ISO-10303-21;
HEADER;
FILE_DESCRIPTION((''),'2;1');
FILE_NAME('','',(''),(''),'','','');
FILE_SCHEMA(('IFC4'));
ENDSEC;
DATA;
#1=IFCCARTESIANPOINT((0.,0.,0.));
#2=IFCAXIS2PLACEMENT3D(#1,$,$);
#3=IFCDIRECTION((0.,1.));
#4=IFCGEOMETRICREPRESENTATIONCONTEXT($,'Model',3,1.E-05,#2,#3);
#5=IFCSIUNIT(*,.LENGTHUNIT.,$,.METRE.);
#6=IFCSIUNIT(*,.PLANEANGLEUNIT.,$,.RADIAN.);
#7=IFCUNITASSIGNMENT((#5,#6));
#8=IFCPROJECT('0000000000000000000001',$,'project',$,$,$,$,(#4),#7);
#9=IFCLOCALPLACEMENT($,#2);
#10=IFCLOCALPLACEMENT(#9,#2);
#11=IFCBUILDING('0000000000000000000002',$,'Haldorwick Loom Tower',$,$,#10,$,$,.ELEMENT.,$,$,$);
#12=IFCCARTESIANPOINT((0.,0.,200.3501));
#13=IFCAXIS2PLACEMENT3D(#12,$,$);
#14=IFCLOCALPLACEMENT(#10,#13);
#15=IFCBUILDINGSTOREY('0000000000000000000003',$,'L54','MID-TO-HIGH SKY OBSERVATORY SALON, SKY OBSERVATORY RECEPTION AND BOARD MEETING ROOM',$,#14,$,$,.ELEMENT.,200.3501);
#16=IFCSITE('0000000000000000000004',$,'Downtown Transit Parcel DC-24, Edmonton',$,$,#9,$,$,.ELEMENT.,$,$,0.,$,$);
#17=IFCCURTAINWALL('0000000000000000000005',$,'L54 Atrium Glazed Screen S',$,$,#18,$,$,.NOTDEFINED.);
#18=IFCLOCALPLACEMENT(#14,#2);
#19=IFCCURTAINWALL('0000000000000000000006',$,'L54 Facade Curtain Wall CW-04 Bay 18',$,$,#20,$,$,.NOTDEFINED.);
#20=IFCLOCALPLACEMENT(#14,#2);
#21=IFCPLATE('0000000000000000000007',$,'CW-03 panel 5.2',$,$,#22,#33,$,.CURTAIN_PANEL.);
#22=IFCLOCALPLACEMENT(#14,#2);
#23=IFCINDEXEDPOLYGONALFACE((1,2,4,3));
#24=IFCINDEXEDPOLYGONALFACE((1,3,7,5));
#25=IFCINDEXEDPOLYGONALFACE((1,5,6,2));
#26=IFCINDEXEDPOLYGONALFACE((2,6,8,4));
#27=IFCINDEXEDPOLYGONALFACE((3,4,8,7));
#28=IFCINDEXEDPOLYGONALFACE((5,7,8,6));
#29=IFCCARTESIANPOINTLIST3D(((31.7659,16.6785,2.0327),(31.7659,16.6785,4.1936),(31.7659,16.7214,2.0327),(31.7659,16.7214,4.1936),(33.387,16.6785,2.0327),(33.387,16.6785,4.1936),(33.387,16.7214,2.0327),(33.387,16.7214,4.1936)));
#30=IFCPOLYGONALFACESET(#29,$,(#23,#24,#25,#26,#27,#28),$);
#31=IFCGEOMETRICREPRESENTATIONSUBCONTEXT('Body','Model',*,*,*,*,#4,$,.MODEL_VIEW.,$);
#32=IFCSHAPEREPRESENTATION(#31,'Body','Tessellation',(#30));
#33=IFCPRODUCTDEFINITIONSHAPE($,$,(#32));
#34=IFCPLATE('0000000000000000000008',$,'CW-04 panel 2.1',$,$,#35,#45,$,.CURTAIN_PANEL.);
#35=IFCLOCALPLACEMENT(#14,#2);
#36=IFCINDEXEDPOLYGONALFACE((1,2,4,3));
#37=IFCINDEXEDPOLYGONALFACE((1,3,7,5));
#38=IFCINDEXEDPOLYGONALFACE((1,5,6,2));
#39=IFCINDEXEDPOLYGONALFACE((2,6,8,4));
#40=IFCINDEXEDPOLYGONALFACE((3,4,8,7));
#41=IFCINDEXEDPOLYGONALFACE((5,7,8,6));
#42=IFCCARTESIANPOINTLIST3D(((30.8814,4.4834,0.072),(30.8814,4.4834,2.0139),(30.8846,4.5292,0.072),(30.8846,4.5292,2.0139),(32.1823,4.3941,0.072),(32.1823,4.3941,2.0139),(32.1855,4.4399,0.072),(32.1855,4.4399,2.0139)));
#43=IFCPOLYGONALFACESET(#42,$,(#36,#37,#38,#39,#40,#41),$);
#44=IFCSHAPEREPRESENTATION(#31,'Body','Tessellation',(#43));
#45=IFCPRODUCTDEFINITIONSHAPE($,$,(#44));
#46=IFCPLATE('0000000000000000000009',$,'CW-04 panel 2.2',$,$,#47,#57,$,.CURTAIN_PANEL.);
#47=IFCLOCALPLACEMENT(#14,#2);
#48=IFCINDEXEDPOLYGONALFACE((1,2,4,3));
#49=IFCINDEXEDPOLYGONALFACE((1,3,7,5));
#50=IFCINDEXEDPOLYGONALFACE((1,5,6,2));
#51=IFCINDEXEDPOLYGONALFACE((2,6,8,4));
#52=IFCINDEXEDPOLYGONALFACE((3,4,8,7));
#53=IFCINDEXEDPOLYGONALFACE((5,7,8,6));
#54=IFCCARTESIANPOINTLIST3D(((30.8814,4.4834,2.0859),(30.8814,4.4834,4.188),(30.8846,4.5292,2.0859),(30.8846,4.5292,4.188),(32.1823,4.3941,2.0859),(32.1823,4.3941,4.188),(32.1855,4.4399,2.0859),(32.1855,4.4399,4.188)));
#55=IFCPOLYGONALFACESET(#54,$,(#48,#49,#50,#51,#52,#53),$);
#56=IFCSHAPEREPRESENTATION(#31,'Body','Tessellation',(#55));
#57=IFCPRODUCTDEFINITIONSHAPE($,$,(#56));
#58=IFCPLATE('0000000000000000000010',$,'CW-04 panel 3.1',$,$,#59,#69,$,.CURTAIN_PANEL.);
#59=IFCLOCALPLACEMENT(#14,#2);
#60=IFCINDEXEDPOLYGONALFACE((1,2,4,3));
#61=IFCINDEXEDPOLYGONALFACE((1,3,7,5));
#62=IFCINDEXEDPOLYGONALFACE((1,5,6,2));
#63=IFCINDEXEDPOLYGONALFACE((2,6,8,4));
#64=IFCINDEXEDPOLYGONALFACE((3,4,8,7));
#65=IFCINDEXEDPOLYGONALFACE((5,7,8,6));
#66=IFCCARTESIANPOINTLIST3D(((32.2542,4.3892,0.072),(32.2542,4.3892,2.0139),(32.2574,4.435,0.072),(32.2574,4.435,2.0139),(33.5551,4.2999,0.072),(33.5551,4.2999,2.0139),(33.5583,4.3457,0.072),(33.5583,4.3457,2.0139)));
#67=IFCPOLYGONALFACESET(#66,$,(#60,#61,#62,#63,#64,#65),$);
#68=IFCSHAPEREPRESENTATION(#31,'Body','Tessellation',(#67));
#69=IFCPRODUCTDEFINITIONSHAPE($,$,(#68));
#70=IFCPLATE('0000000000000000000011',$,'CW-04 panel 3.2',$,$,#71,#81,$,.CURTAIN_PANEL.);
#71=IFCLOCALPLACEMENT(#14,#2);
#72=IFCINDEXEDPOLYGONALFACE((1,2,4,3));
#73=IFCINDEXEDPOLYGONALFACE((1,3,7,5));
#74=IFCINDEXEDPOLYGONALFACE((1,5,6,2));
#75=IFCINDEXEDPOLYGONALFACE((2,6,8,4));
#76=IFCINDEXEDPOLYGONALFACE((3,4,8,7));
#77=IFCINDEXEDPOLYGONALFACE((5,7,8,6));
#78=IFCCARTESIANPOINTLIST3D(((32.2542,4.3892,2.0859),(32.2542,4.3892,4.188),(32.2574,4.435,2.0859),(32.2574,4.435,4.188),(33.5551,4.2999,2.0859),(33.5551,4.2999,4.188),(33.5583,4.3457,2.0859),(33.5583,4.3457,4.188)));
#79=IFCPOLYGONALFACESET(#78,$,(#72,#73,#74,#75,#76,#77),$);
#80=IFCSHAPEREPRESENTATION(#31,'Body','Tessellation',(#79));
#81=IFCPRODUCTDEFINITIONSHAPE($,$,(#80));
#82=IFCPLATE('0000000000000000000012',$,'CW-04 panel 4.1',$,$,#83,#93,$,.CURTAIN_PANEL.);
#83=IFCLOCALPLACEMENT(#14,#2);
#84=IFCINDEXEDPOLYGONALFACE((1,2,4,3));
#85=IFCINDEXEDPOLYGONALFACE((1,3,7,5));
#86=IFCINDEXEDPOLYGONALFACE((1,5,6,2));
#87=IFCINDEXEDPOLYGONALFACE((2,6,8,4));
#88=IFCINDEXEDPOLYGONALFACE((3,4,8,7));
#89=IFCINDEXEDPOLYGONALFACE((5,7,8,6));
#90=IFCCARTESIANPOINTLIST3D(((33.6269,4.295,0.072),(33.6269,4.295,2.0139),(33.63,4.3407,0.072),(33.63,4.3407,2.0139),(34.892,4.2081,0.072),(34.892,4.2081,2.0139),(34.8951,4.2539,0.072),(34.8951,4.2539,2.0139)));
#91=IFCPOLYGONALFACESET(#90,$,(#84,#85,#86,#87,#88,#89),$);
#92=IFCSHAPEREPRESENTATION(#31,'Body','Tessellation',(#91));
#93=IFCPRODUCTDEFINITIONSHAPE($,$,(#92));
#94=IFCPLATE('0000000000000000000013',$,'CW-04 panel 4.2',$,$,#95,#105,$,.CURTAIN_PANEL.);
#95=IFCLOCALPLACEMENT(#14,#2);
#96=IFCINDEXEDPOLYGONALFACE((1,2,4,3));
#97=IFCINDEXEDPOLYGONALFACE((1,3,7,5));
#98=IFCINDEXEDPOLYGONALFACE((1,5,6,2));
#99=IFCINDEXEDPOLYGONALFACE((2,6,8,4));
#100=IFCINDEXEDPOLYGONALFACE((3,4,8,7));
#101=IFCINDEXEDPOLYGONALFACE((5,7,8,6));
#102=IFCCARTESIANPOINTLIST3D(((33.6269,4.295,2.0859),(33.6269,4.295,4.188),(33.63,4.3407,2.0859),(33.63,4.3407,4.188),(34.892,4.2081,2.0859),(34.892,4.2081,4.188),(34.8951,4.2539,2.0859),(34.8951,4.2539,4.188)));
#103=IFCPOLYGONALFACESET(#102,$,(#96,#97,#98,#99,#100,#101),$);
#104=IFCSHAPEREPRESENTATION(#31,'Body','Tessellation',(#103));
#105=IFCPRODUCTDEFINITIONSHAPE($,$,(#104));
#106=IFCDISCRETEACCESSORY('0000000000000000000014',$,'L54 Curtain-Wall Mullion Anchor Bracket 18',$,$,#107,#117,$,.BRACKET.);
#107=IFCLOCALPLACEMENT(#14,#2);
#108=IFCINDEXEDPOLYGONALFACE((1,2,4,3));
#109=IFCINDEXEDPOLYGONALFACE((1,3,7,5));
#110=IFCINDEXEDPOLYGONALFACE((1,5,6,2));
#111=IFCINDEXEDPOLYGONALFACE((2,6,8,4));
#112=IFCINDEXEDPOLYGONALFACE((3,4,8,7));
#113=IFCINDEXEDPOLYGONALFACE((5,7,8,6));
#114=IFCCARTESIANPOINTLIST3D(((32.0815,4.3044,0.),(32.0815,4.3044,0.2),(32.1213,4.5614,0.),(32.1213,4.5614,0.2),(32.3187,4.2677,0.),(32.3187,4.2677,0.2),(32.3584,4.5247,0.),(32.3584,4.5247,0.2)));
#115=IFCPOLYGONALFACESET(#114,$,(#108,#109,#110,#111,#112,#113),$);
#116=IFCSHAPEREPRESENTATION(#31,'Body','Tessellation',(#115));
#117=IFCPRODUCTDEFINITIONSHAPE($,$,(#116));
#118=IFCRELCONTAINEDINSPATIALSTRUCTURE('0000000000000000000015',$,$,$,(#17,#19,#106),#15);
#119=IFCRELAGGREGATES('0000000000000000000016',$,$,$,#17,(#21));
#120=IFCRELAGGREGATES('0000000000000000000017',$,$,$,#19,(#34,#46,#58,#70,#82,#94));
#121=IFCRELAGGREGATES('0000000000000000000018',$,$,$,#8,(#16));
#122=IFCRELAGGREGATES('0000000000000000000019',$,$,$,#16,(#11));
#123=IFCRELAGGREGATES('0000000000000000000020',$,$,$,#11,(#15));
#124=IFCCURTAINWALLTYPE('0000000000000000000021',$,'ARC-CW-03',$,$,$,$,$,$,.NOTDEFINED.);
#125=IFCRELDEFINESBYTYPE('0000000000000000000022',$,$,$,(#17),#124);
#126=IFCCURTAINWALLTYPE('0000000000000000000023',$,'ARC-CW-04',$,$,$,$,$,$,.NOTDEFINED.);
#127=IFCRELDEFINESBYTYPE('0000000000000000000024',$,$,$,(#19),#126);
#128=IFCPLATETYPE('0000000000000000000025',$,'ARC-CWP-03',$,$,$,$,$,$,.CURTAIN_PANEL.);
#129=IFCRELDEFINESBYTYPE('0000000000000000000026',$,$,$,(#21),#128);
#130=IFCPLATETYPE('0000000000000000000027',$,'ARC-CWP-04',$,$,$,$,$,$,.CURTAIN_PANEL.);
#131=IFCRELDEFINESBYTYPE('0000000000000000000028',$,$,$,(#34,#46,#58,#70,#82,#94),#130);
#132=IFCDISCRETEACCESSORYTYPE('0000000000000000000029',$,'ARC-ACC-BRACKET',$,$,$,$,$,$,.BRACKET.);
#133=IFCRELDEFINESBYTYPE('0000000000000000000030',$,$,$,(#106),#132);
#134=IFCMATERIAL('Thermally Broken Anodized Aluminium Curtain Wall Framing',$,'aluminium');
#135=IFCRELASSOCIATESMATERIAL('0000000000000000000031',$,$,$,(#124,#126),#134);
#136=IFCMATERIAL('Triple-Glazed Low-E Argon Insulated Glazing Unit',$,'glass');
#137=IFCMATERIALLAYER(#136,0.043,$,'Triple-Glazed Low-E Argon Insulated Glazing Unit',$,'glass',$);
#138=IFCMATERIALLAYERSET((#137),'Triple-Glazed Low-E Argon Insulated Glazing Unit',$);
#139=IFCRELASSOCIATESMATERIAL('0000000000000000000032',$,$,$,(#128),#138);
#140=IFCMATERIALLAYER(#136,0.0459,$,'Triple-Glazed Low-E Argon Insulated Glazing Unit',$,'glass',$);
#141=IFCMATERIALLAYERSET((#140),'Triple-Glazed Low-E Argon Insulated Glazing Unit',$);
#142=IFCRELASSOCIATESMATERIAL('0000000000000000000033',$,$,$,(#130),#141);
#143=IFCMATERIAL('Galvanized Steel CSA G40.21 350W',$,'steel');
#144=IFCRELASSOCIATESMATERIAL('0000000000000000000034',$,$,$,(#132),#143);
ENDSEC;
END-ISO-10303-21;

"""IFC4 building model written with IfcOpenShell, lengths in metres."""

from ifc_helpers import new_model, si_unit, direction, frame, origin, origin_2d, place, context, subcontext, project, spatial, rectangle, extrude, material, layer, layer_set, type_object, element, aggregate, save


model = new_model("IFC4")

# Units and contexts
model_context = context("Model", 3, precision=1e-05, world=origin(), true_north=direction((0.0, 1.0)))
body_context = subcontext(model_context, "Body", "Model", "MODEL_VIEW")
ifc_project = project(units=[si_unit("LENGTHUNIT", "METRE"), si_unit("PLANEANGLEUNIT", "RADIAN")], contexts=[model_context])

# Site, building, storey
site_placement = place(None, origin())
site = spatial("IfcSite", under=ifc_project, at=site_placement, Name="Downtown Transit Parcel DC-24, Edmonton", CompositionType="ELEMENT", RefElevation=0.0)
building_placement = place(site_placement, origin())
building = spatial("IfcBuilding", under=site, at=building_placement, Name="Haldorwick Loom Tower", CompositionType="ELEMENT")
storey_placement = place(building_placement, frame((0.0, 0.0, 200.3501)))
storey = spatial("IfcBuildingStorey", under=building, at=storey_placement, Name="L54", Description="MID-TO-HIGH SKY OBSERVATORY SALON, SKY OBSERVATORY RECEPTION AND BOARD MEETING ROOM", CompositionType="ELEMENT", Elevation=200.3501)

# Curtain walls
ifc_material_1 = material(Name="Thermally Broken Anodized Aluminium Curtain Wall Framing", Category="aluminium")
curtain_wall_type_1 = type_object("IfcCurtainWallType", Name="ARC-CW-03", PredefinedType="NOTDEFINED", material=ifc_material_1)
curtain_wall_1_placement = place(storey_placement, origin())
curtain_wall_1 = element("IfcCurtainWall", 1, at=curtain_wall_1_placement, inside=storey, type_object=curtain_wall_type_1, Name="L54 Atrium Glazed Screen S", PredefinedType="NOTDEFINED")
curtain_wall_type_2 = type_object("IfcCurtainWallType", Name="ARC-CW-04", PredefinedType="NOTDEFINED", material=ifc_material_1)
curtain_wall_2_placement = place(storey_placement, origin())
curtain_wall_2 = element("IfcCurtainWall", 2, at=curtain_wall_2_placement, inside=storey, type_object=curtain_wall_type_2, Name="L54 Facade Curtain Wall CW-04 Bay 18", PredefinedType="NOTDEFINED")

# Plates
ifc_material_2 = material(Name="Triple-Glazed Low-E Argon Insulated Glazing Unit", Category="glass")
ifc_layer_1 = layer(ifc_material_2, 0.043, Name="Triple-Glazed Low-E Argon Insulated Glazing Unit", Category="glass")
ifc_layer_set_1 = layer_set([ifc_layer_1], Name="Triple-Glazed Low-E Argon Insulated Glazing Unit")
plate_type_1 = type_object("IfcPlateType", Name="ARC-CWP-03", PredefinedType="CURTAIN_PANEL", material=ifc_layer_set_1)
plate_1_placement = place(storey_placement, frame((32.5764, 16.7, 2.0327), z_axis=(0.0, 0.0, 1.0), x_axis=(-1.0, 0.0, 0.0)))
plate_1 = element("IfcPlate", 3, at=plate_1_placement, type_object=plate_type_1, Name="CW-03 panel 5.2", PredefinedType="CURTAIN_PANEL", context=body_context, shape_type="SweptSolid", body=[
    extrude(rectangle(XDim=1.6211, YDim=0.043, at=origin_2d()), origin(), (0.0, 0.0, 1.0), 2.1609),
])
aggregate(curtain_wall_1, [plate_1])
ifc_layer_2 = layer(ifc_material_2, 0.0459, Name="Triple-Glazed Low-E Argon Insulated Glazing Unit", Category="glass")
ifc_layer_set_2 = layer_set([ifc_layer_2], Name="Triple-Glazed Low-E Argon Insulated Glazing Unit")
plate_type_2 = type_object("IfcPlateType", Name="ARC-CWP-04", PredefinedType="CURTAIN_PANEL", material=ifc_layer_set_2)
plate_2_placement = place(storey_placement, frame((31.5334, 4.4617, 0.072), z_axis=(0.0, 0.0, 1.0), x_axis=(0.99765, -0.068513, 0.0)))
plate_2 = element("IfcPlate", 4, at=plate_2_placement, type_object=plate_type_2, Name="CW-04 panel 2.1", PredefinedType="CURTAIN_PANEL", context=body_context, shape_type="SweptSolid", body=[
    extrude(rectangle(XDim=1.304, YDim=0.0459, at=origin_2d()), origin(), (0.0, 0.0, 1.0), 1.9419),
])
plate_3_placement = place(storey_placement, frame((31.5334, 4.4617, 2.0859), z_axis=(0.0, 0.0, 1.0), x_axis=(0.99765, -0.068513, 0.0)))
plate_3 = element("IfcPlate", 5, at=plate_3_placement, type_object=plate_type_2, Name="CW-04 panel 2.2", PredefinedType="CURTAIN_PANEL", context=body_context, shape_type="SweptSolid", body=[
    extrude(rectangle(XDim=1.304, YDim=0.0459, at=origin_2d()), origin(), (0.0, 0.0, 1.0), 2.1021),
])
plate_4_placement = place(storey_placement, frame((32.9062, 4.3674, 0.072), z_axis=(0.0, 0.0, 1.0), x_axis=(0.99765, -0.068513, 0.0)))
plate_4 = element("IfcPlate", 6, at=plate_4_placement, type_object=plate_type_2, Name="CW-04 panel 3.1", PredefinedType="CURTAIN_PANEL", context=body_context, shape_type="SweptSolid", body=[
    extrude(rectangle(XDim=1.304, YDim=0.0459, at=origin_2d()), origin(), (0.0, 0.0, 1.0), 1.9419),
])
plate_5_placement = place(storey_placement, frame((32.9062, 4.3674, 2.0859), z_axis=(0.0, 0.0, 1.0), x_axis=(0.99765, -0.068513, 0.0)))
plate_5 = element("IfcPlate", 7, at=plate_5_placement, type_object=plate_type_2, Name="CW-04 panel 3.2", PredefinedType="CURTAIN_PANEL", context=body_context, shape_type="SweptSolid", body=[
    extrude(rectangle(XDim=1.304, YDim=0.0459, at=origin_2d()), origin(), (0.0, 0.0, 1.0), 2.1021),
])
plate_6_placement = place(storey_placement, frame((34.261, 4.2744, 0.072), z_axis=(0.0, 0.0, 1.0), x_axis=(0.99765, -0.068513, 0.0)))
plate_6 = element("IfcPlate", 8, at=plate_6_placement, type_object=plate_type_2, Name="CW-04 panel 4.1", PredefinedType="CURTAIN_PANEL", context=body_context, shape_type="SweptSolid", body=[
    extrude(rectangle(XDim=1.2681, YDim=0.0459, at=origin_2d()), origin(), (0.0, 0.0, 1.0), 1.9419),
])
plate_7_placement = place(storey_placement, frame((34.261, 4.2744, 2.0859), z_axis=(0.0, 0.0, 1.0), x_axis=(0.99765, -0.068513, 0.0)))
plate_7 = element("IfcPlate", 9, at=plate_7_placement, type_object=plate_type_2, Name="CW-04 panel 4.2", PredefinedType="CURTAIN_PANEL", context=body_context, shape_type="SweptSolid", body=[
    extrude(rectangle(XDim=1.2681, YDim=0.0459, at=origin_2d()), origin(), (0.0, 0.0, 1.0), 2.1021),
])
aggregate(curtain_wall_2, [plate_2, plate_3, plate_4, plate_5, plate_6, plate_7])

# Discrete accessory
ifc_material_3 = material(Name="Galvanized Steel CSA G40.21 350W", Category="steel")
discrete_accessory_type = type_object("IfcDiscreteAccessoryType", Name="ARC-ACC-BRACKET", PredefinedType="BRACKET", material=ifc_material_3)
discrete_accessory_placement = place(storey_placement, frame((32.22, 4.4146, 0.0), z_axis=(0.0, 0.0, 1.0), x_axis=(-0.152986, -0.988228, 0.0)))
element("IfcDiscreteAccessory", 10, at=discrete_accessory_placement, inside=storey, type_object=discrete_accessory_type, Name="L54 Curtain-Wall Mullion Anchor Bracket 18", PredefinedType="BRACKET", context=body_context, shape_type="SweptSolid", body=[
    extrude(rectangle(XDim=0.26, YDim=0.24, at=origin_2d()), origin(), (0.0, 0.0, 1.0), 0.2),
])

save(model, "model.ifc")
